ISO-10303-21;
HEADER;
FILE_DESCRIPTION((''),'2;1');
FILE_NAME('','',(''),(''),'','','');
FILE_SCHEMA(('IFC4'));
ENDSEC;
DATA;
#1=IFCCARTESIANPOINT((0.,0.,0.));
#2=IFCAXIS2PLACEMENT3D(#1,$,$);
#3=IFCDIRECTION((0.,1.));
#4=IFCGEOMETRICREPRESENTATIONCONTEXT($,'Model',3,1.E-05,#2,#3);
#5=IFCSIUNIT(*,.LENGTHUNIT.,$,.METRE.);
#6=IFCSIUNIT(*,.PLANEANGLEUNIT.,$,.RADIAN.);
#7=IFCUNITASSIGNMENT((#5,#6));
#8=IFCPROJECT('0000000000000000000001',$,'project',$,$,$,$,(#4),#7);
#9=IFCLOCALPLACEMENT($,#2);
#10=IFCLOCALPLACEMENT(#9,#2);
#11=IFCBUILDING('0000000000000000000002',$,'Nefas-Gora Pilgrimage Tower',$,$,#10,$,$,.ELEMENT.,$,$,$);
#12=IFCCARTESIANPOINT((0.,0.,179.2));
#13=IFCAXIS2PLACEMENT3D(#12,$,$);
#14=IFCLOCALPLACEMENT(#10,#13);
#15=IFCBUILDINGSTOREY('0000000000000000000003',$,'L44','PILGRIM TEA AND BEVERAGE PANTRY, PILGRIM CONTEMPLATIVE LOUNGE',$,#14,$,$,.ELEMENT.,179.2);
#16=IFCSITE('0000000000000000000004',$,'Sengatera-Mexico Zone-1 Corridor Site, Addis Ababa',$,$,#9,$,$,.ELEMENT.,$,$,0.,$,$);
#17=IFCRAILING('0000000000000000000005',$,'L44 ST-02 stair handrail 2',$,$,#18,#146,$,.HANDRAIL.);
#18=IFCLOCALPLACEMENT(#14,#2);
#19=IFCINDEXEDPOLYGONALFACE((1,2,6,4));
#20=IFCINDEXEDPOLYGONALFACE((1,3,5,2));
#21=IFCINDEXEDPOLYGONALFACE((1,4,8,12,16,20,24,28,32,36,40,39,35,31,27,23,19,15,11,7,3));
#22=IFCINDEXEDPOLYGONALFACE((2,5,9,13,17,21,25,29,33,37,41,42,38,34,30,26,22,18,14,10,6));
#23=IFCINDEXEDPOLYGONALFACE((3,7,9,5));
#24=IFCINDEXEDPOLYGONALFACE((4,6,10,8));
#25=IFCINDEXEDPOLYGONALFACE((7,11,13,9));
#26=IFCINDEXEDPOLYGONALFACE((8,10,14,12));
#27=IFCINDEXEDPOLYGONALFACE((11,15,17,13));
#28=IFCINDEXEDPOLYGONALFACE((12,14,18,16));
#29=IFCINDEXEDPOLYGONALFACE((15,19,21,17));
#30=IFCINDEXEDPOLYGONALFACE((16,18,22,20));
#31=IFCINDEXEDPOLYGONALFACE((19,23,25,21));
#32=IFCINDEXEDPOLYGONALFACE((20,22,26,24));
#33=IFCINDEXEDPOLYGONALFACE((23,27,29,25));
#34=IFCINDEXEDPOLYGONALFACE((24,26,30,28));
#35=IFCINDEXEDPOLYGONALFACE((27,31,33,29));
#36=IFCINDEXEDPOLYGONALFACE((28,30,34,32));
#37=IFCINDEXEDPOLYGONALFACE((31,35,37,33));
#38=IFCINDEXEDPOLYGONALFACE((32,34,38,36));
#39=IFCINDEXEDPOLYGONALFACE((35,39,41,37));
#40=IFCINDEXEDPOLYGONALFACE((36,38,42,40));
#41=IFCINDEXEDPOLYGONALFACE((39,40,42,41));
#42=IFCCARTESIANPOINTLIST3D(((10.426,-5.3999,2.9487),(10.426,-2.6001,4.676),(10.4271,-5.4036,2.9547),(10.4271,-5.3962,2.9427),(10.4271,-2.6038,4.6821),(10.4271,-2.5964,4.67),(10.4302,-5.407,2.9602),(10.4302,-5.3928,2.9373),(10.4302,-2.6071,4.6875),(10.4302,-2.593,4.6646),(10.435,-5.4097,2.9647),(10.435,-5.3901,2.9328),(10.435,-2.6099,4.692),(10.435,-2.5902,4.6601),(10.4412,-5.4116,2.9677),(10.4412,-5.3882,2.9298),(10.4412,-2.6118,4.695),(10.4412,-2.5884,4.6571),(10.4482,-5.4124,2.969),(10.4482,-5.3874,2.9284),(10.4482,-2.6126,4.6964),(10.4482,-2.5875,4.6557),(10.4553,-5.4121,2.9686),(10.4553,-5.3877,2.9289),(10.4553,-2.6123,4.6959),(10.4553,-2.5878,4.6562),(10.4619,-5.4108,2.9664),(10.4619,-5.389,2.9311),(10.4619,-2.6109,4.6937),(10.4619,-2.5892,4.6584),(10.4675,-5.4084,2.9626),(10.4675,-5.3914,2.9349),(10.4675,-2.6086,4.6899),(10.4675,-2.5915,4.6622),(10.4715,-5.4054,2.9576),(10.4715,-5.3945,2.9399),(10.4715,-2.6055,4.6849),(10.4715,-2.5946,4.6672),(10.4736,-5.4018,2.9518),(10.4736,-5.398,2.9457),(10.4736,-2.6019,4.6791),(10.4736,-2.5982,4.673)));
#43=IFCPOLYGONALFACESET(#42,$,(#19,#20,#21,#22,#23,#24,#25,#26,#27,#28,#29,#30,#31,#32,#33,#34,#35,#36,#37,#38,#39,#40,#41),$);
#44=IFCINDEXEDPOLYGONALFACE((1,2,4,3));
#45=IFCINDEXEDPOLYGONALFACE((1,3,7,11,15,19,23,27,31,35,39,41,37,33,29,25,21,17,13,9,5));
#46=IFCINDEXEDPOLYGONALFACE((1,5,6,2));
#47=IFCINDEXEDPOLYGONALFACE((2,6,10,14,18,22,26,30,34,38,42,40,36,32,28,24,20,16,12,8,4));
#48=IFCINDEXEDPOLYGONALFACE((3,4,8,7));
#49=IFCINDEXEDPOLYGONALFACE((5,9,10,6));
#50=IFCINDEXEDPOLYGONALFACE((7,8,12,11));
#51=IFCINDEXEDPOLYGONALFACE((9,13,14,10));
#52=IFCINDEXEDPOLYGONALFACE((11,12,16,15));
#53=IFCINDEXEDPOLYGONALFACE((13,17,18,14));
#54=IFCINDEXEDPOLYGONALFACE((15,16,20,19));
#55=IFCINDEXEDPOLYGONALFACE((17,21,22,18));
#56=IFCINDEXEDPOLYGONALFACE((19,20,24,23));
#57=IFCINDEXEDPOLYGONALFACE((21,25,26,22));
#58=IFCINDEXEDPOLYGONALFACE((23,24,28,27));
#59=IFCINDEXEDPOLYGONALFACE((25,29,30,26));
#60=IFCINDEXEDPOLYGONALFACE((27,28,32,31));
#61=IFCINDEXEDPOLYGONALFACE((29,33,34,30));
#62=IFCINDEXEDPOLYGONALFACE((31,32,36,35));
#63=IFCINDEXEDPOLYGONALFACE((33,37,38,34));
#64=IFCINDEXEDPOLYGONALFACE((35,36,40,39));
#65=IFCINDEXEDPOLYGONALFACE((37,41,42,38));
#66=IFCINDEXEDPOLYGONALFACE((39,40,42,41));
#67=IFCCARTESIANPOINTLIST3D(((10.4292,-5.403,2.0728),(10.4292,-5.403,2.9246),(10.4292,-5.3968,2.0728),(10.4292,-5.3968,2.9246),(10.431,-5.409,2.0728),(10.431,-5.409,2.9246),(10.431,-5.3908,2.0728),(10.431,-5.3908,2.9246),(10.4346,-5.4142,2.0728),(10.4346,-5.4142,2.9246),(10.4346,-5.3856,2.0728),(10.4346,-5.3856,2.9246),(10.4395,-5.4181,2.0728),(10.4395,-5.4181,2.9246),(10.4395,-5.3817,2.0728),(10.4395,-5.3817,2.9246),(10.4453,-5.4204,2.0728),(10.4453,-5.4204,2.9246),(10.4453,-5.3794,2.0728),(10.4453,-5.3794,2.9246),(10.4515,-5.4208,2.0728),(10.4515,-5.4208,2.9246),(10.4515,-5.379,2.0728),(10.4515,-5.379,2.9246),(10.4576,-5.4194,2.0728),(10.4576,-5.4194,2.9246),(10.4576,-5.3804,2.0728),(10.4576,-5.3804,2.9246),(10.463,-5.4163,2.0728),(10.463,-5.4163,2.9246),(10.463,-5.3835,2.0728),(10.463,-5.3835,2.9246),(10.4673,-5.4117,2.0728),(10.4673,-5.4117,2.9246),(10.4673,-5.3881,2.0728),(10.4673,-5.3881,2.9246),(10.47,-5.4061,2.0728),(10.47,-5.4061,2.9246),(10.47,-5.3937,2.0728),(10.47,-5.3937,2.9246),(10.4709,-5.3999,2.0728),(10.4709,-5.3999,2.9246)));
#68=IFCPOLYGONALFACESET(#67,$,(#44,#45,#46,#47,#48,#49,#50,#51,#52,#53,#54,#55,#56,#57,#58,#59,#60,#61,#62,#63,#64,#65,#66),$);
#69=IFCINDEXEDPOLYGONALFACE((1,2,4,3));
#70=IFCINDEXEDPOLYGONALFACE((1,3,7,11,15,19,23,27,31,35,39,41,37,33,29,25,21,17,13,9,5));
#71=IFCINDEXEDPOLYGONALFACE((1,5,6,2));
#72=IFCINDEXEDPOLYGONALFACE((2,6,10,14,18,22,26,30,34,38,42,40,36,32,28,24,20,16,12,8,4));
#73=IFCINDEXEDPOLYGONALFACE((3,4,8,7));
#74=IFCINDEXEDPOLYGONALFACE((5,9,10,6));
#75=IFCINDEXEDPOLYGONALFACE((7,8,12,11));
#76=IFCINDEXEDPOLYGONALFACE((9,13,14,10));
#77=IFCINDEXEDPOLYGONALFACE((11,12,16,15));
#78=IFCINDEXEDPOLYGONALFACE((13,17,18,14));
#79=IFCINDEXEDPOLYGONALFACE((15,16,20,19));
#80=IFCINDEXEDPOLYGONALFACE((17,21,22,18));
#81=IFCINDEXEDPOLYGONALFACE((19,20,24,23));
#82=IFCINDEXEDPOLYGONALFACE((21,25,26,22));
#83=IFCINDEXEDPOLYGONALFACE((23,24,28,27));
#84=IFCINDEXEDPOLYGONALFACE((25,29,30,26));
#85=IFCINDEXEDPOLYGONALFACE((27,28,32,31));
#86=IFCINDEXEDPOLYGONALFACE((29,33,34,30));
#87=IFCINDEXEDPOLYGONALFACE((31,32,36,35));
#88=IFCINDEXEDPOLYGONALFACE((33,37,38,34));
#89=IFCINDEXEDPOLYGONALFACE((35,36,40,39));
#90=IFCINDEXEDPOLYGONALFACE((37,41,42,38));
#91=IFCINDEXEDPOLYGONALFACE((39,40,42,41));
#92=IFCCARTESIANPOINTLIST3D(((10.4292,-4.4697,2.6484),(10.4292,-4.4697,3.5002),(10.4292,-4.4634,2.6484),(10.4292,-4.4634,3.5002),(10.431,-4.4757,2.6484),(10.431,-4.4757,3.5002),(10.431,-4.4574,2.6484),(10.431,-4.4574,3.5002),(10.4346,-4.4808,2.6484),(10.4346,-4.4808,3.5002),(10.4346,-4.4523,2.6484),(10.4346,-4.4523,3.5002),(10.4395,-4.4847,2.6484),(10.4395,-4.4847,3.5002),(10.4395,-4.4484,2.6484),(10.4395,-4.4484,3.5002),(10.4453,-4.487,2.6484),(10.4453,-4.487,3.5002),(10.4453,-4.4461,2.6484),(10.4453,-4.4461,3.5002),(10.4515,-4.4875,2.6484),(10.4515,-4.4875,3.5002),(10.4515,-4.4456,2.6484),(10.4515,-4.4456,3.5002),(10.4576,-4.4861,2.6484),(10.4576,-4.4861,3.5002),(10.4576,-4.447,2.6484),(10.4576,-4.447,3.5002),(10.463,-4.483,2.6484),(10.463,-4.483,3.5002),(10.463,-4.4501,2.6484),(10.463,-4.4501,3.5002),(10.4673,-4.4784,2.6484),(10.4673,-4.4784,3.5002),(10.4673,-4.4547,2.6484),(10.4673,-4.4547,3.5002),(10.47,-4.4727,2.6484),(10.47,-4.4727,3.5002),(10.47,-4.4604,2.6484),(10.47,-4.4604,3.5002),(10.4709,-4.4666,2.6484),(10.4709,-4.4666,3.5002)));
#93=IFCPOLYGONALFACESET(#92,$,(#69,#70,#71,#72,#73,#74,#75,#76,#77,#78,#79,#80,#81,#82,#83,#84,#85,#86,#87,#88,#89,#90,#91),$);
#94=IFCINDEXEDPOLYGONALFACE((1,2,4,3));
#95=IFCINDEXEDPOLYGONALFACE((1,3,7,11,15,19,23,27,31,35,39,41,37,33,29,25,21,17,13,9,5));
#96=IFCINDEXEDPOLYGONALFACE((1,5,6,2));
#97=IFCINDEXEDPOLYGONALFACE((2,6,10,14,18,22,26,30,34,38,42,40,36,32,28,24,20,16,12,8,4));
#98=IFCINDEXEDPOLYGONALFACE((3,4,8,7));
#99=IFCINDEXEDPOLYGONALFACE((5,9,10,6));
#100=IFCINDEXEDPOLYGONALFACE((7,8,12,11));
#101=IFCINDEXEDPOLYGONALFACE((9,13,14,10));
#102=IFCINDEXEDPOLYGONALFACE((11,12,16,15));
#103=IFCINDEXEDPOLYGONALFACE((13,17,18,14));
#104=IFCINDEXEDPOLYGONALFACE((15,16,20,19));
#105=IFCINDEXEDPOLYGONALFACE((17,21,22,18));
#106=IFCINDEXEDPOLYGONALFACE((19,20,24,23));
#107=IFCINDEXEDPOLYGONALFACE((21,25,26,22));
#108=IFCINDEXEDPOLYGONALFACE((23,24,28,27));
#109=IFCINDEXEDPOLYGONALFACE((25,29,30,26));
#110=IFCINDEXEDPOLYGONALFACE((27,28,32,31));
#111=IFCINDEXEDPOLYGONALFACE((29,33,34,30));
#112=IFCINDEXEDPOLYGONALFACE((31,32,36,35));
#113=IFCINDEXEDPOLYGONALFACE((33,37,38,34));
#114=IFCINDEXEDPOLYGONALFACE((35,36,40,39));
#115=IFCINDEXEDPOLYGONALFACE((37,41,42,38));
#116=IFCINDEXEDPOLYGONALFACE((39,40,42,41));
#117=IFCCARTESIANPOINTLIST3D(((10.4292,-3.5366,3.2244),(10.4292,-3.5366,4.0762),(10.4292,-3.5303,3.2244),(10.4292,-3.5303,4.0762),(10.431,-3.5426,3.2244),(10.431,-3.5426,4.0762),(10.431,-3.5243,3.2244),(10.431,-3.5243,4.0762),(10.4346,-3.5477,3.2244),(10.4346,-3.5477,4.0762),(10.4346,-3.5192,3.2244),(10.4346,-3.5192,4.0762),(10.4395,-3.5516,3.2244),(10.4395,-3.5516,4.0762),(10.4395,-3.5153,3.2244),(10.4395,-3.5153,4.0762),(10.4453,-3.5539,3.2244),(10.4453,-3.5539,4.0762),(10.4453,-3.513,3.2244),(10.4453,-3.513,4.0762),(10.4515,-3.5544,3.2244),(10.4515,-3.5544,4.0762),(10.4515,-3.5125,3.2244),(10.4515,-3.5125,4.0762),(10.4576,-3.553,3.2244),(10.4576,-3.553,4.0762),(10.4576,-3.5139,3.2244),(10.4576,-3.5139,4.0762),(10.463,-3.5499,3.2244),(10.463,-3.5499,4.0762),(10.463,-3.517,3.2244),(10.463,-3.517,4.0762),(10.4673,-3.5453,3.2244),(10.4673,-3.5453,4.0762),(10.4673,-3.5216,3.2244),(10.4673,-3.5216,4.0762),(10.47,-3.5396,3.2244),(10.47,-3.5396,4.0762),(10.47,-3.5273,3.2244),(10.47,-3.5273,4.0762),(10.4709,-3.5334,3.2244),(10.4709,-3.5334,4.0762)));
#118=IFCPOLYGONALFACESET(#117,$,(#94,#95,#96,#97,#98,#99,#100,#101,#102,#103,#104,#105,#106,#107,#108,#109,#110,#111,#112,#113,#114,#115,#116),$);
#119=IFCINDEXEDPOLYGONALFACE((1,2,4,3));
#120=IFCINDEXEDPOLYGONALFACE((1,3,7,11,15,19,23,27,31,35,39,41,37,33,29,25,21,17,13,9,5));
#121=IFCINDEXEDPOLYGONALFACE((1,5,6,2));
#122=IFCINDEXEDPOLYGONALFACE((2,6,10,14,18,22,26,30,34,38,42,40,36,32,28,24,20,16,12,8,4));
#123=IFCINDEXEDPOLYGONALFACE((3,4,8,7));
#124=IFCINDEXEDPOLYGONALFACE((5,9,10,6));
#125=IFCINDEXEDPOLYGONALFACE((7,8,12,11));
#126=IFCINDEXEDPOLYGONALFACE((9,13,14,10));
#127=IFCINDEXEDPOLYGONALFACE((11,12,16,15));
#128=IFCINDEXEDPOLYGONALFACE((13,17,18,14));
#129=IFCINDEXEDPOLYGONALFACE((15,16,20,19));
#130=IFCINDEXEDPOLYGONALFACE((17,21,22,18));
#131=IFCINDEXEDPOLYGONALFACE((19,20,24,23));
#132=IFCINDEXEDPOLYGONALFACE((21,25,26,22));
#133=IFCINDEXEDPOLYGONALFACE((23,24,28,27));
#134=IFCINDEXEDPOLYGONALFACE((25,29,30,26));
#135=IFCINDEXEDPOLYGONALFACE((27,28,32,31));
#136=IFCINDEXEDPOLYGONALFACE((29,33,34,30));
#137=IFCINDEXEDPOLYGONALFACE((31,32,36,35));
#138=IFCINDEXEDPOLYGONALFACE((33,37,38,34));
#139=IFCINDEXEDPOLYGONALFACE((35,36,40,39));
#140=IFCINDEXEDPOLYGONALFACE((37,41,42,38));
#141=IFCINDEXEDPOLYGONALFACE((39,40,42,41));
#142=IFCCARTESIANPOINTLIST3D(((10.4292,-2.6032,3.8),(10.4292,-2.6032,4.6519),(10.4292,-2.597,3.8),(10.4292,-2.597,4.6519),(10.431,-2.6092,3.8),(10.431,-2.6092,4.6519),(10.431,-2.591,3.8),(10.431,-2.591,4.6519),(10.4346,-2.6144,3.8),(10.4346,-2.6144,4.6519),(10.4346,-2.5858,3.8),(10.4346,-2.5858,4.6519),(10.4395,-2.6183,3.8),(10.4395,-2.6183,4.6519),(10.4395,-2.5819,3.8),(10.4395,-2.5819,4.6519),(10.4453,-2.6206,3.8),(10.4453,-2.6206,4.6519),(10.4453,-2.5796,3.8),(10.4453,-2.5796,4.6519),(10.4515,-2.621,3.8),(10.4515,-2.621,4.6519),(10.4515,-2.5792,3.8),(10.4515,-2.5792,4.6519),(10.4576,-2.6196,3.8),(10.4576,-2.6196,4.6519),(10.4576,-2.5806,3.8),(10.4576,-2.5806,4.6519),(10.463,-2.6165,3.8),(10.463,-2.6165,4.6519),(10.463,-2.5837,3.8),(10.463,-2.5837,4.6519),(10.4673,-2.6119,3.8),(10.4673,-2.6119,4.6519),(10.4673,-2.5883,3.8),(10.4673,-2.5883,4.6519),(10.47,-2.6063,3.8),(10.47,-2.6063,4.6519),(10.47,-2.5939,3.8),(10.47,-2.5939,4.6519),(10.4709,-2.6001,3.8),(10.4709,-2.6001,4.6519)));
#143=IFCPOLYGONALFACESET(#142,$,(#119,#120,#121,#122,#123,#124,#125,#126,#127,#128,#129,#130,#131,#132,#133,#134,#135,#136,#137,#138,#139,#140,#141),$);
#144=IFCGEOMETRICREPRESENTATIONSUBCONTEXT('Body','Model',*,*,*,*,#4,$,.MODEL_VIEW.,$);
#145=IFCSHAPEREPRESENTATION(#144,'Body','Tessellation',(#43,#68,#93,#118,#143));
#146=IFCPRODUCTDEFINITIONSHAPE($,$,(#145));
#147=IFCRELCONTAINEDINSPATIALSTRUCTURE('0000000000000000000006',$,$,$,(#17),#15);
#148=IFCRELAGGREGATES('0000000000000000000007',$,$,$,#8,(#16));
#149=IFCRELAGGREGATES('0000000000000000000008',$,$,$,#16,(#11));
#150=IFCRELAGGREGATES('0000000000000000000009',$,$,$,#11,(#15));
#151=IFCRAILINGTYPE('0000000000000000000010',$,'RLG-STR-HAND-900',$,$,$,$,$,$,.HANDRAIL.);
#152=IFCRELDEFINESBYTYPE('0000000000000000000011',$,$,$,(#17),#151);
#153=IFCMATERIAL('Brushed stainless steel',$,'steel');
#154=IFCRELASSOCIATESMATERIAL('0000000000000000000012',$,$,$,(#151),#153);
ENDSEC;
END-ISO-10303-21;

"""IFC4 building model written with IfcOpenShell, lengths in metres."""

from ifc_helpers import new_model, si_unit, direction, frame, origin, origin_2d, place, context, subcontext, project, spatial, circle, extrude, material, type_object, element, save


model = new_model("IFC4")

# Units and contexts
model_context = context("Model", 3, precision=1e-05, world=origin(), true_north=direction((0.0, 1.0)))
body_context = subcontext(model_context, "Body", "Model", "MODEL_VIEW")
ifc_project = project(units=[si_unit("LENGTHUNIT", "METRE"), si_unit("PLANEANGLEUNIT", "RADIAN")], contexts=[model_context])

# Site, building, storey
site_placement = place(None, origin())
site = spatial("IfcSite", under=ifc_project, at=site_placement, Name="Sengatera-Mexico Zone-1 Corridor Site, Addis Ababa", CompositionType="ELEMENT", RefElevation=0.0)
building_placement = place(site_placement, origin())
building = spatial("IfcBuilding", under=site, at=building_placement, Name="Nefas-Gora Pilgrimage Tower", CompositionType="ELEMENT")
storey_placement = place(building_placement, frame((0.0, 0.0, 179.2)))
storey = spatial("IfcBuildingStorey", under=building, at=storey_placement, Name="L44", Description="PILGRIM TEA AND BEVERAGE PANTRY, PILGRIM CONTEMPLATIVE LOUNGE", CompositionType="ELEMENT", Elevation=179.2)

# Railing
ifc_material_1 = material(Name="Brushed stainless steel", Category="steel")
railing_type_1 = type_object("IfcRailingType", Name="RLG-STR-HAND-900", PredefinedType="HANDRAIL", material=ifc_material_1)
railing_1_placement = place(storey_placement, frame((10.45, -5.3999, 2.0728)))
element("IfcRailing", 1, at=railing_1_placement, inside=storey, type_object=railing_type_1, Name="L44 ST-02 stair handrail 2", PredefinedType="HANDRAIL", context=body_context, shape_type="SweptSolid", body=[
    extrude(circle(Radius=0.0239, at=origin_2d()), frame((0.0, 0.0, 0.876), z_axis=(0.0, 0.851069, 0.525054), x_axis=(-1.0, 0.0, 0.0)), (0.0, 0.0, 1.0), 3.2898),
    extrude(circle(Radius=0.021, at=origin_2d()), origin(), (0.0, 0.0, 1.0), 0.8518),
    extrude(circle(Radius=0.021, at=origin_2d()), frame((0.0, 0.9333, 0.5757)), (0.0, 0.0, 1.0), 0.8518),
    extrude(circle(Radius=0.021, at=origin_2d()), frame((0.0, 1.8665, 1.1516)), (0.0, 0.0, 1.0), 0.8518),
    extrude(circle(Radius=0.021, at=origin_2d()), frame((0.0, 2.7998, 1.7273)), (0.0, 0.0, 1.0), 0.8518),
])

save(model, "model.ifc")
